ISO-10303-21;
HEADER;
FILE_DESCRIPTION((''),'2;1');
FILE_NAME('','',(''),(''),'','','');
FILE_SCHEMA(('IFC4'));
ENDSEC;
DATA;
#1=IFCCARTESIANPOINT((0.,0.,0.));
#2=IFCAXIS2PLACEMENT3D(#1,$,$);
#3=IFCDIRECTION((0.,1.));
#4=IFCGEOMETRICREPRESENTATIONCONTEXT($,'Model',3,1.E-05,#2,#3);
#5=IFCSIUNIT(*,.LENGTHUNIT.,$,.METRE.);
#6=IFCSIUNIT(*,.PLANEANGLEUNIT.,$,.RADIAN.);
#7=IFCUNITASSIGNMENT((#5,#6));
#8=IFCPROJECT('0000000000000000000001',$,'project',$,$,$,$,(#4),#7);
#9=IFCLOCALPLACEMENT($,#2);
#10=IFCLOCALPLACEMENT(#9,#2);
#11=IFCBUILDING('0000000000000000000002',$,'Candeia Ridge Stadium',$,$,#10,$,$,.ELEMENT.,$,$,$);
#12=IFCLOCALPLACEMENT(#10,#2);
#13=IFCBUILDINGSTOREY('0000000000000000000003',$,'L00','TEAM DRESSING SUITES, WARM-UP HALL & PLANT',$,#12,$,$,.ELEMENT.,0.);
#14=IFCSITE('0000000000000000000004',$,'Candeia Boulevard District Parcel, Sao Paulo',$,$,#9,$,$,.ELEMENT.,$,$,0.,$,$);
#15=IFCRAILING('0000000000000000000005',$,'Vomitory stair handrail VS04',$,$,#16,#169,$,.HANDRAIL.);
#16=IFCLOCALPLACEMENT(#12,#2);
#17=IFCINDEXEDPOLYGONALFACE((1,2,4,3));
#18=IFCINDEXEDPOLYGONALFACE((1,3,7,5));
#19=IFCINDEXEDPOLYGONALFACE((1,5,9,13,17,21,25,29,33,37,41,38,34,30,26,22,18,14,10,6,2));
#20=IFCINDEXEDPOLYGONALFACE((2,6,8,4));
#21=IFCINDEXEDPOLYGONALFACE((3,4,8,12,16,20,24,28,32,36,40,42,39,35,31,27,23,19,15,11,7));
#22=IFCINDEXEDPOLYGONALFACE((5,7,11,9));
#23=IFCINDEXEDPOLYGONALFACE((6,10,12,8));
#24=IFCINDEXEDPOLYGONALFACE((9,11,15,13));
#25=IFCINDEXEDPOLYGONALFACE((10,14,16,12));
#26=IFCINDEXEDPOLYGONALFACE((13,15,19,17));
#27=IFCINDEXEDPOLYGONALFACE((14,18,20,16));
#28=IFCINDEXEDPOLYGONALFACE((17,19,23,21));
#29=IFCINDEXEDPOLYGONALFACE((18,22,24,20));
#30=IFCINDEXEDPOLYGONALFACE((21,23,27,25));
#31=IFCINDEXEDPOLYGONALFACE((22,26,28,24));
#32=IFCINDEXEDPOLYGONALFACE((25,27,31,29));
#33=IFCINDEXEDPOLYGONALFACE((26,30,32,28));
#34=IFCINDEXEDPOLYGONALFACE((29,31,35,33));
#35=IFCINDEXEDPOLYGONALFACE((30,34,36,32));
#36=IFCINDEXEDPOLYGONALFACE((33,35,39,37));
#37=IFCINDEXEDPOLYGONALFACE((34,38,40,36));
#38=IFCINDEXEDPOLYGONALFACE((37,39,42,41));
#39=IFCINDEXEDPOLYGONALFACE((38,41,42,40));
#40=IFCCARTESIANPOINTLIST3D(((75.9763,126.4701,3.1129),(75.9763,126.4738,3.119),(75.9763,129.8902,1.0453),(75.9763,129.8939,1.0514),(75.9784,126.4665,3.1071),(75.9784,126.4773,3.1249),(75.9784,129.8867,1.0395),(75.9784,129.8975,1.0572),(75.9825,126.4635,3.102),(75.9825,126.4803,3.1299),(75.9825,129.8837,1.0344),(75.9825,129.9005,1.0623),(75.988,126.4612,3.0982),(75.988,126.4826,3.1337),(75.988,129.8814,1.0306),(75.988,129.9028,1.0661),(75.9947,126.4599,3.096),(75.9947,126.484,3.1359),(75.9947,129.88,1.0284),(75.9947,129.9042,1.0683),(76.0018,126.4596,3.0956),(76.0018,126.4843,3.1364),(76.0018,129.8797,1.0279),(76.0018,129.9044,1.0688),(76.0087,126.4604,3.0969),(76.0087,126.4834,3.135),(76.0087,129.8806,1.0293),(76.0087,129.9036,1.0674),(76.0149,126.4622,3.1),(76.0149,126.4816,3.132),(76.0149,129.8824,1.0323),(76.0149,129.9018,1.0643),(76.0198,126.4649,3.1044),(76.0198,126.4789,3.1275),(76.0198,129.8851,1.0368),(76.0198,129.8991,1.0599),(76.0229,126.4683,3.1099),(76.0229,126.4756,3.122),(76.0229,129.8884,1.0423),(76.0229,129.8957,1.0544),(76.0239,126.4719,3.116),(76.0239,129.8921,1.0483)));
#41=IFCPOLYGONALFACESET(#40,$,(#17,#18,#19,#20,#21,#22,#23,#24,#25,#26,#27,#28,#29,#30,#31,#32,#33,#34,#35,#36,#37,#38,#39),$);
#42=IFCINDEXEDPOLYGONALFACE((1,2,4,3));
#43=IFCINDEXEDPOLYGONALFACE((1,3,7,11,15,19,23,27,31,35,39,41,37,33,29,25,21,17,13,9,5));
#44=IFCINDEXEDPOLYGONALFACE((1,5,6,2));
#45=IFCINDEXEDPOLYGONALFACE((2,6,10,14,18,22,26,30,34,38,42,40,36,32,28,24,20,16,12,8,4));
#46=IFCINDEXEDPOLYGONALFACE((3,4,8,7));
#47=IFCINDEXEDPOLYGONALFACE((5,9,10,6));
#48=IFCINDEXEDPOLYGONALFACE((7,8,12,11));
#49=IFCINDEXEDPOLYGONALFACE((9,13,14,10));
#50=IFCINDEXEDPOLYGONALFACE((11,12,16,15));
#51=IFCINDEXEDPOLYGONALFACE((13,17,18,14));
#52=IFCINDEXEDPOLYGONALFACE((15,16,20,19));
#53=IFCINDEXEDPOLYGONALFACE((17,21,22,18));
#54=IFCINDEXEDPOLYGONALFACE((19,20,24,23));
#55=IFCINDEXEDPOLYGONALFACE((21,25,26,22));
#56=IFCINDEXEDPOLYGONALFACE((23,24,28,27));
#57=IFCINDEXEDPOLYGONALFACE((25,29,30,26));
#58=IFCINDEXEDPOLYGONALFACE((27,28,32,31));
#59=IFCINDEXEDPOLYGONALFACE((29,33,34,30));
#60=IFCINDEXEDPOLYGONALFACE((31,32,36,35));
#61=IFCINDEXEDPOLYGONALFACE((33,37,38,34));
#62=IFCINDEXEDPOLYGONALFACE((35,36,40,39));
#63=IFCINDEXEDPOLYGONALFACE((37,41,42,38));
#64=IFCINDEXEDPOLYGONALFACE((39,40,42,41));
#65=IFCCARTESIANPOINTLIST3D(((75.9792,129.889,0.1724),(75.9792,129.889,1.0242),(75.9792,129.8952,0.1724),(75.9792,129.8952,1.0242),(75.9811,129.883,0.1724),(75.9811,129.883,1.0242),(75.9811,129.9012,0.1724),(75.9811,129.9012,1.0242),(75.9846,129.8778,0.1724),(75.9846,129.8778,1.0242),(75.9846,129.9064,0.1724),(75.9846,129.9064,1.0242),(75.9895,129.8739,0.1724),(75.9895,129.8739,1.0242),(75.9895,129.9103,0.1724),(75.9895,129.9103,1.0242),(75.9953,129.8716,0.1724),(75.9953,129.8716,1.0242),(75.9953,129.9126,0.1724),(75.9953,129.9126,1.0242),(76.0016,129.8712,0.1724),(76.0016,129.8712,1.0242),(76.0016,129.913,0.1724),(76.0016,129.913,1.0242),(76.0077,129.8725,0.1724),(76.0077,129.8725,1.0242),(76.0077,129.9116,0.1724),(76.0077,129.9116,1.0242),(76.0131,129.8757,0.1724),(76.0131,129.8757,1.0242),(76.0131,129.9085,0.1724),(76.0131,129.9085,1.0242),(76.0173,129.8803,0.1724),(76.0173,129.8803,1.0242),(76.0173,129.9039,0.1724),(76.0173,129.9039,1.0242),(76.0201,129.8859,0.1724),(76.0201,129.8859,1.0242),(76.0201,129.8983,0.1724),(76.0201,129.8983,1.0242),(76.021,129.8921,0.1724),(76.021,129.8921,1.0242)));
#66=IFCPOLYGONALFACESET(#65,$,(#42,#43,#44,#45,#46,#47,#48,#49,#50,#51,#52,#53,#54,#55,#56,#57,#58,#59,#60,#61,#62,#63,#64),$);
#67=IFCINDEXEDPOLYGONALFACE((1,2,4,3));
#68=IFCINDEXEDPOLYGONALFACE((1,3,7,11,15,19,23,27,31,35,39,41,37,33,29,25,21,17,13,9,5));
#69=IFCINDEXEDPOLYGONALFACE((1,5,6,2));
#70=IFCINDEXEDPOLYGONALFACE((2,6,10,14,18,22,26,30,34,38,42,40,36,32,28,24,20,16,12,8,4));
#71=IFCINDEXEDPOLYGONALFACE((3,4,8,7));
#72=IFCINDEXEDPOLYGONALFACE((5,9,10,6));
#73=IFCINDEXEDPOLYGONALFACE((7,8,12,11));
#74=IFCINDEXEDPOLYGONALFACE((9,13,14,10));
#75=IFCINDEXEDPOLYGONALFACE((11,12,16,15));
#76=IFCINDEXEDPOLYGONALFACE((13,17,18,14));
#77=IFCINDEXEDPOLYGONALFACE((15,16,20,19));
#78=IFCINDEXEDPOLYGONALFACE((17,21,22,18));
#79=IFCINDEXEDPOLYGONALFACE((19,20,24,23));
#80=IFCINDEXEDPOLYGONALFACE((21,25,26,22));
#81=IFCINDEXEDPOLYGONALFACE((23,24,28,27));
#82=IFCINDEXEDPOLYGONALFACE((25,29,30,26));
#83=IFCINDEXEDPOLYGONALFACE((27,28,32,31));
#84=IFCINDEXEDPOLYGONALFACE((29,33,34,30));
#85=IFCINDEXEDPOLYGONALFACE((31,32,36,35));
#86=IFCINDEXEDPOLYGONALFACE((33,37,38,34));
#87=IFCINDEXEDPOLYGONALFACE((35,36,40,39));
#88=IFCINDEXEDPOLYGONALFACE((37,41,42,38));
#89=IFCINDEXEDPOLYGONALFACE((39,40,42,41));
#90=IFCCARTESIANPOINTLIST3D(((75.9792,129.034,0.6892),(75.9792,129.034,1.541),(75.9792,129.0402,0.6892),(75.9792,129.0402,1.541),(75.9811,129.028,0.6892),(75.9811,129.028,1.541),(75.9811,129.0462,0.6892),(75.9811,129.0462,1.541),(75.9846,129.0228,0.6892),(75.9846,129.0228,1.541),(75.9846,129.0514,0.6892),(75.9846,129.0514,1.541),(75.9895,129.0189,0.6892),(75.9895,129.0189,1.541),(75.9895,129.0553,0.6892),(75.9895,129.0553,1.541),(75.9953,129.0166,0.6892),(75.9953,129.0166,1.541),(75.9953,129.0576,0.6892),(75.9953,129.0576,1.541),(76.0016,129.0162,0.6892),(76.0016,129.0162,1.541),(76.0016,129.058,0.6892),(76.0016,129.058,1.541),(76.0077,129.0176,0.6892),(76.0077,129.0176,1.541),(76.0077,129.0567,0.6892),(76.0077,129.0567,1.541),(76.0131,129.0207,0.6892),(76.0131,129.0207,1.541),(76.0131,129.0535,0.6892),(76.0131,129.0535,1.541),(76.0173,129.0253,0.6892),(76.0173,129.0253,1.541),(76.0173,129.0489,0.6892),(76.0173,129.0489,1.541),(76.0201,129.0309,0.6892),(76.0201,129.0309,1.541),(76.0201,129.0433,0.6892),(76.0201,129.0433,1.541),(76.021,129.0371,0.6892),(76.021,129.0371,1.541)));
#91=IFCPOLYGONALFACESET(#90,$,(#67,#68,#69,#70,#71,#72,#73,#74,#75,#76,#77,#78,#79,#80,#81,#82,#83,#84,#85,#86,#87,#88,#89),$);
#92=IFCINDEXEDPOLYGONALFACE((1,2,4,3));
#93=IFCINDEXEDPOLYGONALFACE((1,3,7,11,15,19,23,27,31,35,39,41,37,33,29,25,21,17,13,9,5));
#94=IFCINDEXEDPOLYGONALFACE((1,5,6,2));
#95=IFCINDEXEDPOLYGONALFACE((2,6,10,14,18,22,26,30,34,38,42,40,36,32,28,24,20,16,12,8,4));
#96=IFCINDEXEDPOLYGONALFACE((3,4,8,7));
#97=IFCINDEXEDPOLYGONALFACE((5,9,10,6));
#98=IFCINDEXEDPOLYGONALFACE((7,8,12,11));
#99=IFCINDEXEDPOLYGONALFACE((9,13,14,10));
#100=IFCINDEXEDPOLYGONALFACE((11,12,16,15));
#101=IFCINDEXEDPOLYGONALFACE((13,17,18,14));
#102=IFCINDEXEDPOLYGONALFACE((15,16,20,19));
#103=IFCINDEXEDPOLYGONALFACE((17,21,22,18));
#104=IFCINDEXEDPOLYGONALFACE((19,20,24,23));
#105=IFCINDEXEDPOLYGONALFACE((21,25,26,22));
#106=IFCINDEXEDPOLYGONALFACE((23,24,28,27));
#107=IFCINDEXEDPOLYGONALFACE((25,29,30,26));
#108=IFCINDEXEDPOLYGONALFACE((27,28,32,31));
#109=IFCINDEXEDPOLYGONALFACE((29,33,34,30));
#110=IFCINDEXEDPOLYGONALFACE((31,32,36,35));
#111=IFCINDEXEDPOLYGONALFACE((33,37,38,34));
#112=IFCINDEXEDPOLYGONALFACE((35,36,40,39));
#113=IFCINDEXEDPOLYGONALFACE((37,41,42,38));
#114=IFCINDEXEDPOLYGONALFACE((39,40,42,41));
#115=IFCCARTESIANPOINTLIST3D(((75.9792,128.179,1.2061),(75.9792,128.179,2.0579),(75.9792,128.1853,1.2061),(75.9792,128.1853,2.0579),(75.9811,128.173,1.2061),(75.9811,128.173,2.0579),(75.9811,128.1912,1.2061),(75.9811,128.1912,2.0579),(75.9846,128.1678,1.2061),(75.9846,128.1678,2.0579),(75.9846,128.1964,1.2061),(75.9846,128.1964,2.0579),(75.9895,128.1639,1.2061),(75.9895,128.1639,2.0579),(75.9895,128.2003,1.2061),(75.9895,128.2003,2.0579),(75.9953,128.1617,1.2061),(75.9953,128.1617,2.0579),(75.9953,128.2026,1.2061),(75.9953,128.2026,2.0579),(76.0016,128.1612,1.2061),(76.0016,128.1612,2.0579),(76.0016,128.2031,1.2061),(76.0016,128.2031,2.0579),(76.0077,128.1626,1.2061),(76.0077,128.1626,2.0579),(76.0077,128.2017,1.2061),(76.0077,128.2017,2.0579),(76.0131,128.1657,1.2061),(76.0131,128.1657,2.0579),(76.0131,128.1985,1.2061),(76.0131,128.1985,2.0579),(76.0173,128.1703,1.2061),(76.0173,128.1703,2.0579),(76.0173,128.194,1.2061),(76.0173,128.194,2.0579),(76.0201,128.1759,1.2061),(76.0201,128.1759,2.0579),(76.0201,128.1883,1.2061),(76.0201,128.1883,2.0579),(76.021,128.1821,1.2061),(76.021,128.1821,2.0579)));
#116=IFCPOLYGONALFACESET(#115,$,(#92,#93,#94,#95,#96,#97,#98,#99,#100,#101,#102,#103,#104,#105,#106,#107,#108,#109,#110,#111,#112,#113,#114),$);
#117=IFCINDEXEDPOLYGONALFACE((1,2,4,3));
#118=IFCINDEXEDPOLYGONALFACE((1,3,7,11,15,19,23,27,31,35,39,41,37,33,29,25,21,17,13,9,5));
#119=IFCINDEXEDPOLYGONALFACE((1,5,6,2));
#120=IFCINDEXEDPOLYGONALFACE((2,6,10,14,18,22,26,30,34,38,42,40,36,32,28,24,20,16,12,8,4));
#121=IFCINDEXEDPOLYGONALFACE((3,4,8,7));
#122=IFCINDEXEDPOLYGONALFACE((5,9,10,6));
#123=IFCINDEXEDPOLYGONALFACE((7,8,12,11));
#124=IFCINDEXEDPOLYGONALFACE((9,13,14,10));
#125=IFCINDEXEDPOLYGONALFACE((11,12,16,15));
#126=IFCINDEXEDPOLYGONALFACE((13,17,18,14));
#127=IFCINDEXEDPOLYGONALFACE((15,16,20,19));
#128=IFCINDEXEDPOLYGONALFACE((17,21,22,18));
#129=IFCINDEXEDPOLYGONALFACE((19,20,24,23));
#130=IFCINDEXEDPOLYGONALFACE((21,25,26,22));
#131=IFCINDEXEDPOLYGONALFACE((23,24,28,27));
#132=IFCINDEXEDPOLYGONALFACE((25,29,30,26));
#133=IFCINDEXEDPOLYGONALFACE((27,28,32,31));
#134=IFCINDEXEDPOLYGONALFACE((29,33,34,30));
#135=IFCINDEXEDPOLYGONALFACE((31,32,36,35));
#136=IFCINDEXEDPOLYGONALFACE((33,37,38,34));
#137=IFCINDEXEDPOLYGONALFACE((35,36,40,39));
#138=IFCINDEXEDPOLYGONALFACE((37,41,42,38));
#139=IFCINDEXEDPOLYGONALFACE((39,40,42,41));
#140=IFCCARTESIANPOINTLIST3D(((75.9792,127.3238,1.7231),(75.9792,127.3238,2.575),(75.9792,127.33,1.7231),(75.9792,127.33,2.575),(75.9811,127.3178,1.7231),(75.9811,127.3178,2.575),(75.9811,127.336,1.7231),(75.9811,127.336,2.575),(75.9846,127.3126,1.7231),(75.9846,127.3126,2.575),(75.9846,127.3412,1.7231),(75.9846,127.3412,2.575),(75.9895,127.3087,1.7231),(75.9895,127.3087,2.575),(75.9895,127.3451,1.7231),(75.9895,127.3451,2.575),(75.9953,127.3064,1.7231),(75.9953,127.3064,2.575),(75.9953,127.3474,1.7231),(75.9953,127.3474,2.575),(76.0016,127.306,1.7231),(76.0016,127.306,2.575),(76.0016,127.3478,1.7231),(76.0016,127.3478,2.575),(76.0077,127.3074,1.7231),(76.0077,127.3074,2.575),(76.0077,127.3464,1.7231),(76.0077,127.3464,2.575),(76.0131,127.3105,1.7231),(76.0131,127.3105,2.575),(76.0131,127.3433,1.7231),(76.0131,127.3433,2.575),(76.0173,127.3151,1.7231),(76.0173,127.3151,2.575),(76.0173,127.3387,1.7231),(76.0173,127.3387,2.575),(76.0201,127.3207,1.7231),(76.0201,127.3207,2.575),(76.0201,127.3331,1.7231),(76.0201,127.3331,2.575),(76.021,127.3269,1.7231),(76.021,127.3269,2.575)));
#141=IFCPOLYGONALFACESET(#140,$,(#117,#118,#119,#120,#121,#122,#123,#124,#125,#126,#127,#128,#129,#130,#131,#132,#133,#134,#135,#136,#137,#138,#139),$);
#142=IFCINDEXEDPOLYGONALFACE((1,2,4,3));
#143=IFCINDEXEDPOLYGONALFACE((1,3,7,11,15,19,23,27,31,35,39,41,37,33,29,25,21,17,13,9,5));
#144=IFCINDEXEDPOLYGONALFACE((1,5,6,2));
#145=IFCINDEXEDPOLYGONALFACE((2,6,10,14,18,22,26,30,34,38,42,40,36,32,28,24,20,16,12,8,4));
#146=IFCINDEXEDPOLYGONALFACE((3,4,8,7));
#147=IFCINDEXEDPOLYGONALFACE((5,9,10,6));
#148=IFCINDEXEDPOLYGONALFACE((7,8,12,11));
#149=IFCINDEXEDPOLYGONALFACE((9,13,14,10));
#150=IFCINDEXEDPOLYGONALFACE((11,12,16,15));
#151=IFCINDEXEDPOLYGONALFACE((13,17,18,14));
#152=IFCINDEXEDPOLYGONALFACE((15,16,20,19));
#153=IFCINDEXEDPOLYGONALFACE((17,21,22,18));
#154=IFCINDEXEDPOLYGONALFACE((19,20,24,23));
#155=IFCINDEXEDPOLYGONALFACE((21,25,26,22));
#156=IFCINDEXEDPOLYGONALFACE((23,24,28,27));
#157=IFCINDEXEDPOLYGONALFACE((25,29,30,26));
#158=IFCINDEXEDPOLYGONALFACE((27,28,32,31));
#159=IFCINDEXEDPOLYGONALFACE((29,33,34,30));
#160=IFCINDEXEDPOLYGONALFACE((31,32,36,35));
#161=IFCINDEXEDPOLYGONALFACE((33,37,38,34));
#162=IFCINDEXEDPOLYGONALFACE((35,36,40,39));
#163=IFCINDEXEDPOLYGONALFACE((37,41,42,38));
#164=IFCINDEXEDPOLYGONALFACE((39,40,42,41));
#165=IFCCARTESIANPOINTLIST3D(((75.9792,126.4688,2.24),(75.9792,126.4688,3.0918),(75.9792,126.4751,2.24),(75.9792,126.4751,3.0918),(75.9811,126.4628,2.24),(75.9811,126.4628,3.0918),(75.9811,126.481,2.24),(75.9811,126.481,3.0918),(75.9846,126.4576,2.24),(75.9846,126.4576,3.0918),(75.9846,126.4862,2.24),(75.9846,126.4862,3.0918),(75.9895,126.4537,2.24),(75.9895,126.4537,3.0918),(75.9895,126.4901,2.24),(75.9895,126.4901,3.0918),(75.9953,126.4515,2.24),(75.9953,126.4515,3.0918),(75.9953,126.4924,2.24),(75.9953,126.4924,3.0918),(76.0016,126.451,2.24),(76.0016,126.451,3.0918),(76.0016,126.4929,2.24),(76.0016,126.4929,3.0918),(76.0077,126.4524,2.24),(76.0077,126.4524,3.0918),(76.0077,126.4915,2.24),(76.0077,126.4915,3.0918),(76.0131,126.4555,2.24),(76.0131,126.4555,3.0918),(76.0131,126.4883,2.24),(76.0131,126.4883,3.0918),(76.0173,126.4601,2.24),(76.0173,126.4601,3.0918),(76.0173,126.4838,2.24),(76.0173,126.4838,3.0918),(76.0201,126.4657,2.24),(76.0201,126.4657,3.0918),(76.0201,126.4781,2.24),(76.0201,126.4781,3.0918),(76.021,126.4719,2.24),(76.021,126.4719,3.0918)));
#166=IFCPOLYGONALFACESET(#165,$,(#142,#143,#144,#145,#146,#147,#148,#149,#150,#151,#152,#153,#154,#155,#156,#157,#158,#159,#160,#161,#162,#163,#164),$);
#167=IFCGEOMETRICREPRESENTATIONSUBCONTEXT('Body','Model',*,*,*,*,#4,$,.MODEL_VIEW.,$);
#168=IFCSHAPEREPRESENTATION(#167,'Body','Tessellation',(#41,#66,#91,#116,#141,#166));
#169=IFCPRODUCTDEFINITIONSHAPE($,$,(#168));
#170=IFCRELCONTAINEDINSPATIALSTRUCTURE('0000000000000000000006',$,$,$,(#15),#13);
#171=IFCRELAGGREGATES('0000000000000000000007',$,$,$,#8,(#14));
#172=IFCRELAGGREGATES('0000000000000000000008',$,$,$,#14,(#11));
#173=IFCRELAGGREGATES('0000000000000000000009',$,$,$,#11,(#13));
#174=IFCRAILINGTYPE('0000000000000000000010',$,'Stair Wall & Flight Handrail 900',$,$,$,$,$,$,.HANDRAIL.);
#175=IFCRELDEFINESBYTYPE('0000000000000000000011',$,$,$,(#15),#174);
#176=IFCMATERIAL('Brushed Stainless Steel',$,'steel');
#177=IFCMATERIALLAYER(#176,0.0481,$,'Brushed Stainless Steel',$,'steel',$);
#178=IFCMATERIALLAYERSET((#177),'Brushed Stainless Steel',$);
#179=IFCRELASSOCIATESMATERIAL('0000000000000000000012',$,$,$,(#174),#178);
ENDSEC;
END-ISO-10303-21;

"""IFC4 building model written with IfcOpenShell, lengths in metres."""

from ifc_helpers import new_model, si_unit, direction, frame, origin, origin_2d, place, context, subcontext, project, spatial, circle, extrude, material, layer, layer_set, type_object, element, save


model = new_model("IFC4")

# Units and contexts
model_context = context("Model", 3, precision=1e-05, world=origin(), true_north=direction((0.0, 1.0)))
body_context = subcontext(model_context, "Body", "Model", "MODEL_VIEW")
ifc_project = project(units=[si_unit("LENGTHUNIT", "METRE"), si_unit("PLANEANGLEUNIT", "RADIAN")], contexts=[model_context])

# Site, building, storey
site_placement = place(None, origin())
site = spatial("IfcSite", under=ifc_project, at=site_placement, Name="Candeia Boulevard District Parcel, Sao Paulo", CompositionType="ELEMENT", RefElevation=0.0)
building_placement = place(site_placement, origin())
building = spatial("IfcBuilding", under=site, at=building_placement, Name="Candeia Ridge Stadium", CompositionType="ELEMENT")
storey_placement = place(building_placement, origin())
storey = spatial("IfcBuildingStorey", under=building, at=storey_placement, Name="L00", Description="TEAM DRESSING SUITES, WARM-UP HALL & PLANT", CompositionType="ELEMENT", Elevation=0.0)

# Railing
ifc_material_1 = material(Name="Brushed Stainless Steel", Category="steel")
ifc_layer_1 = layer(ifc_material_1, 0.0481, Name="Brushed Stainless Steel", Category="steel")
ifc_layer_set_1 = layer_set([ifc_layer_1], Name="Brushed Stainless Steel")
railing_type_1 = type_object("IfcRailingType", Name="Stair Wall & Flight Handrail 900", PredefinedType="HANDRAIL", material=ifc_layer_set_1)
railing_1_placement = place(storey_placement, frame((76.0, 129.8921, 0.1724)))
element("IfcRailing", 1, at=railing_1_placement, inside=storey, type_object=railing_type_1, Name="Vomitory stair handrail VS04", PredefinedType="HANDRAIL", context=body_context, shape_type="SweptSolid", body=[
    extrude(circle(Radius=0.0239, at=origin_2d()), frame((0.0, 0.0, 0.876), z_axis=(0.0, -0.855774, 0.51735), x_axis=(1.0, 0.0, 0.0)), (0.0, 0.0, 1.0), 3.9966),
    extrude(circle(Radius=0.021, at=origin_2d()), origin(), (0.0, 0.0, 1.0), 0.8518),
    extrude(circle(Radius=0.021, at=origin_2d()), frame((0.0, -0.855, 0.5168)), (0.0, 0.0, 1.0), 0.8518),
    extrude(circle(Radius=0.021, at=origin_2d()), frame((0.0, -1.71, 1.0337)), (0.0, 0.0, 1.0), 0.8518),
    extrude(circle(Radius=0.021, at=origin_2d()), frame((0.0, -2.5652, 1.5508)), (0.0, 0.0, 1.0), 0.8518),
    extrude(circle(Radius=0.021, at=origin_2d()), frame((0.0, -3.4202, 2.0676)), (0.0, 0.0, 1.0), 0.8518),
])

save(model, "model.ifc")
